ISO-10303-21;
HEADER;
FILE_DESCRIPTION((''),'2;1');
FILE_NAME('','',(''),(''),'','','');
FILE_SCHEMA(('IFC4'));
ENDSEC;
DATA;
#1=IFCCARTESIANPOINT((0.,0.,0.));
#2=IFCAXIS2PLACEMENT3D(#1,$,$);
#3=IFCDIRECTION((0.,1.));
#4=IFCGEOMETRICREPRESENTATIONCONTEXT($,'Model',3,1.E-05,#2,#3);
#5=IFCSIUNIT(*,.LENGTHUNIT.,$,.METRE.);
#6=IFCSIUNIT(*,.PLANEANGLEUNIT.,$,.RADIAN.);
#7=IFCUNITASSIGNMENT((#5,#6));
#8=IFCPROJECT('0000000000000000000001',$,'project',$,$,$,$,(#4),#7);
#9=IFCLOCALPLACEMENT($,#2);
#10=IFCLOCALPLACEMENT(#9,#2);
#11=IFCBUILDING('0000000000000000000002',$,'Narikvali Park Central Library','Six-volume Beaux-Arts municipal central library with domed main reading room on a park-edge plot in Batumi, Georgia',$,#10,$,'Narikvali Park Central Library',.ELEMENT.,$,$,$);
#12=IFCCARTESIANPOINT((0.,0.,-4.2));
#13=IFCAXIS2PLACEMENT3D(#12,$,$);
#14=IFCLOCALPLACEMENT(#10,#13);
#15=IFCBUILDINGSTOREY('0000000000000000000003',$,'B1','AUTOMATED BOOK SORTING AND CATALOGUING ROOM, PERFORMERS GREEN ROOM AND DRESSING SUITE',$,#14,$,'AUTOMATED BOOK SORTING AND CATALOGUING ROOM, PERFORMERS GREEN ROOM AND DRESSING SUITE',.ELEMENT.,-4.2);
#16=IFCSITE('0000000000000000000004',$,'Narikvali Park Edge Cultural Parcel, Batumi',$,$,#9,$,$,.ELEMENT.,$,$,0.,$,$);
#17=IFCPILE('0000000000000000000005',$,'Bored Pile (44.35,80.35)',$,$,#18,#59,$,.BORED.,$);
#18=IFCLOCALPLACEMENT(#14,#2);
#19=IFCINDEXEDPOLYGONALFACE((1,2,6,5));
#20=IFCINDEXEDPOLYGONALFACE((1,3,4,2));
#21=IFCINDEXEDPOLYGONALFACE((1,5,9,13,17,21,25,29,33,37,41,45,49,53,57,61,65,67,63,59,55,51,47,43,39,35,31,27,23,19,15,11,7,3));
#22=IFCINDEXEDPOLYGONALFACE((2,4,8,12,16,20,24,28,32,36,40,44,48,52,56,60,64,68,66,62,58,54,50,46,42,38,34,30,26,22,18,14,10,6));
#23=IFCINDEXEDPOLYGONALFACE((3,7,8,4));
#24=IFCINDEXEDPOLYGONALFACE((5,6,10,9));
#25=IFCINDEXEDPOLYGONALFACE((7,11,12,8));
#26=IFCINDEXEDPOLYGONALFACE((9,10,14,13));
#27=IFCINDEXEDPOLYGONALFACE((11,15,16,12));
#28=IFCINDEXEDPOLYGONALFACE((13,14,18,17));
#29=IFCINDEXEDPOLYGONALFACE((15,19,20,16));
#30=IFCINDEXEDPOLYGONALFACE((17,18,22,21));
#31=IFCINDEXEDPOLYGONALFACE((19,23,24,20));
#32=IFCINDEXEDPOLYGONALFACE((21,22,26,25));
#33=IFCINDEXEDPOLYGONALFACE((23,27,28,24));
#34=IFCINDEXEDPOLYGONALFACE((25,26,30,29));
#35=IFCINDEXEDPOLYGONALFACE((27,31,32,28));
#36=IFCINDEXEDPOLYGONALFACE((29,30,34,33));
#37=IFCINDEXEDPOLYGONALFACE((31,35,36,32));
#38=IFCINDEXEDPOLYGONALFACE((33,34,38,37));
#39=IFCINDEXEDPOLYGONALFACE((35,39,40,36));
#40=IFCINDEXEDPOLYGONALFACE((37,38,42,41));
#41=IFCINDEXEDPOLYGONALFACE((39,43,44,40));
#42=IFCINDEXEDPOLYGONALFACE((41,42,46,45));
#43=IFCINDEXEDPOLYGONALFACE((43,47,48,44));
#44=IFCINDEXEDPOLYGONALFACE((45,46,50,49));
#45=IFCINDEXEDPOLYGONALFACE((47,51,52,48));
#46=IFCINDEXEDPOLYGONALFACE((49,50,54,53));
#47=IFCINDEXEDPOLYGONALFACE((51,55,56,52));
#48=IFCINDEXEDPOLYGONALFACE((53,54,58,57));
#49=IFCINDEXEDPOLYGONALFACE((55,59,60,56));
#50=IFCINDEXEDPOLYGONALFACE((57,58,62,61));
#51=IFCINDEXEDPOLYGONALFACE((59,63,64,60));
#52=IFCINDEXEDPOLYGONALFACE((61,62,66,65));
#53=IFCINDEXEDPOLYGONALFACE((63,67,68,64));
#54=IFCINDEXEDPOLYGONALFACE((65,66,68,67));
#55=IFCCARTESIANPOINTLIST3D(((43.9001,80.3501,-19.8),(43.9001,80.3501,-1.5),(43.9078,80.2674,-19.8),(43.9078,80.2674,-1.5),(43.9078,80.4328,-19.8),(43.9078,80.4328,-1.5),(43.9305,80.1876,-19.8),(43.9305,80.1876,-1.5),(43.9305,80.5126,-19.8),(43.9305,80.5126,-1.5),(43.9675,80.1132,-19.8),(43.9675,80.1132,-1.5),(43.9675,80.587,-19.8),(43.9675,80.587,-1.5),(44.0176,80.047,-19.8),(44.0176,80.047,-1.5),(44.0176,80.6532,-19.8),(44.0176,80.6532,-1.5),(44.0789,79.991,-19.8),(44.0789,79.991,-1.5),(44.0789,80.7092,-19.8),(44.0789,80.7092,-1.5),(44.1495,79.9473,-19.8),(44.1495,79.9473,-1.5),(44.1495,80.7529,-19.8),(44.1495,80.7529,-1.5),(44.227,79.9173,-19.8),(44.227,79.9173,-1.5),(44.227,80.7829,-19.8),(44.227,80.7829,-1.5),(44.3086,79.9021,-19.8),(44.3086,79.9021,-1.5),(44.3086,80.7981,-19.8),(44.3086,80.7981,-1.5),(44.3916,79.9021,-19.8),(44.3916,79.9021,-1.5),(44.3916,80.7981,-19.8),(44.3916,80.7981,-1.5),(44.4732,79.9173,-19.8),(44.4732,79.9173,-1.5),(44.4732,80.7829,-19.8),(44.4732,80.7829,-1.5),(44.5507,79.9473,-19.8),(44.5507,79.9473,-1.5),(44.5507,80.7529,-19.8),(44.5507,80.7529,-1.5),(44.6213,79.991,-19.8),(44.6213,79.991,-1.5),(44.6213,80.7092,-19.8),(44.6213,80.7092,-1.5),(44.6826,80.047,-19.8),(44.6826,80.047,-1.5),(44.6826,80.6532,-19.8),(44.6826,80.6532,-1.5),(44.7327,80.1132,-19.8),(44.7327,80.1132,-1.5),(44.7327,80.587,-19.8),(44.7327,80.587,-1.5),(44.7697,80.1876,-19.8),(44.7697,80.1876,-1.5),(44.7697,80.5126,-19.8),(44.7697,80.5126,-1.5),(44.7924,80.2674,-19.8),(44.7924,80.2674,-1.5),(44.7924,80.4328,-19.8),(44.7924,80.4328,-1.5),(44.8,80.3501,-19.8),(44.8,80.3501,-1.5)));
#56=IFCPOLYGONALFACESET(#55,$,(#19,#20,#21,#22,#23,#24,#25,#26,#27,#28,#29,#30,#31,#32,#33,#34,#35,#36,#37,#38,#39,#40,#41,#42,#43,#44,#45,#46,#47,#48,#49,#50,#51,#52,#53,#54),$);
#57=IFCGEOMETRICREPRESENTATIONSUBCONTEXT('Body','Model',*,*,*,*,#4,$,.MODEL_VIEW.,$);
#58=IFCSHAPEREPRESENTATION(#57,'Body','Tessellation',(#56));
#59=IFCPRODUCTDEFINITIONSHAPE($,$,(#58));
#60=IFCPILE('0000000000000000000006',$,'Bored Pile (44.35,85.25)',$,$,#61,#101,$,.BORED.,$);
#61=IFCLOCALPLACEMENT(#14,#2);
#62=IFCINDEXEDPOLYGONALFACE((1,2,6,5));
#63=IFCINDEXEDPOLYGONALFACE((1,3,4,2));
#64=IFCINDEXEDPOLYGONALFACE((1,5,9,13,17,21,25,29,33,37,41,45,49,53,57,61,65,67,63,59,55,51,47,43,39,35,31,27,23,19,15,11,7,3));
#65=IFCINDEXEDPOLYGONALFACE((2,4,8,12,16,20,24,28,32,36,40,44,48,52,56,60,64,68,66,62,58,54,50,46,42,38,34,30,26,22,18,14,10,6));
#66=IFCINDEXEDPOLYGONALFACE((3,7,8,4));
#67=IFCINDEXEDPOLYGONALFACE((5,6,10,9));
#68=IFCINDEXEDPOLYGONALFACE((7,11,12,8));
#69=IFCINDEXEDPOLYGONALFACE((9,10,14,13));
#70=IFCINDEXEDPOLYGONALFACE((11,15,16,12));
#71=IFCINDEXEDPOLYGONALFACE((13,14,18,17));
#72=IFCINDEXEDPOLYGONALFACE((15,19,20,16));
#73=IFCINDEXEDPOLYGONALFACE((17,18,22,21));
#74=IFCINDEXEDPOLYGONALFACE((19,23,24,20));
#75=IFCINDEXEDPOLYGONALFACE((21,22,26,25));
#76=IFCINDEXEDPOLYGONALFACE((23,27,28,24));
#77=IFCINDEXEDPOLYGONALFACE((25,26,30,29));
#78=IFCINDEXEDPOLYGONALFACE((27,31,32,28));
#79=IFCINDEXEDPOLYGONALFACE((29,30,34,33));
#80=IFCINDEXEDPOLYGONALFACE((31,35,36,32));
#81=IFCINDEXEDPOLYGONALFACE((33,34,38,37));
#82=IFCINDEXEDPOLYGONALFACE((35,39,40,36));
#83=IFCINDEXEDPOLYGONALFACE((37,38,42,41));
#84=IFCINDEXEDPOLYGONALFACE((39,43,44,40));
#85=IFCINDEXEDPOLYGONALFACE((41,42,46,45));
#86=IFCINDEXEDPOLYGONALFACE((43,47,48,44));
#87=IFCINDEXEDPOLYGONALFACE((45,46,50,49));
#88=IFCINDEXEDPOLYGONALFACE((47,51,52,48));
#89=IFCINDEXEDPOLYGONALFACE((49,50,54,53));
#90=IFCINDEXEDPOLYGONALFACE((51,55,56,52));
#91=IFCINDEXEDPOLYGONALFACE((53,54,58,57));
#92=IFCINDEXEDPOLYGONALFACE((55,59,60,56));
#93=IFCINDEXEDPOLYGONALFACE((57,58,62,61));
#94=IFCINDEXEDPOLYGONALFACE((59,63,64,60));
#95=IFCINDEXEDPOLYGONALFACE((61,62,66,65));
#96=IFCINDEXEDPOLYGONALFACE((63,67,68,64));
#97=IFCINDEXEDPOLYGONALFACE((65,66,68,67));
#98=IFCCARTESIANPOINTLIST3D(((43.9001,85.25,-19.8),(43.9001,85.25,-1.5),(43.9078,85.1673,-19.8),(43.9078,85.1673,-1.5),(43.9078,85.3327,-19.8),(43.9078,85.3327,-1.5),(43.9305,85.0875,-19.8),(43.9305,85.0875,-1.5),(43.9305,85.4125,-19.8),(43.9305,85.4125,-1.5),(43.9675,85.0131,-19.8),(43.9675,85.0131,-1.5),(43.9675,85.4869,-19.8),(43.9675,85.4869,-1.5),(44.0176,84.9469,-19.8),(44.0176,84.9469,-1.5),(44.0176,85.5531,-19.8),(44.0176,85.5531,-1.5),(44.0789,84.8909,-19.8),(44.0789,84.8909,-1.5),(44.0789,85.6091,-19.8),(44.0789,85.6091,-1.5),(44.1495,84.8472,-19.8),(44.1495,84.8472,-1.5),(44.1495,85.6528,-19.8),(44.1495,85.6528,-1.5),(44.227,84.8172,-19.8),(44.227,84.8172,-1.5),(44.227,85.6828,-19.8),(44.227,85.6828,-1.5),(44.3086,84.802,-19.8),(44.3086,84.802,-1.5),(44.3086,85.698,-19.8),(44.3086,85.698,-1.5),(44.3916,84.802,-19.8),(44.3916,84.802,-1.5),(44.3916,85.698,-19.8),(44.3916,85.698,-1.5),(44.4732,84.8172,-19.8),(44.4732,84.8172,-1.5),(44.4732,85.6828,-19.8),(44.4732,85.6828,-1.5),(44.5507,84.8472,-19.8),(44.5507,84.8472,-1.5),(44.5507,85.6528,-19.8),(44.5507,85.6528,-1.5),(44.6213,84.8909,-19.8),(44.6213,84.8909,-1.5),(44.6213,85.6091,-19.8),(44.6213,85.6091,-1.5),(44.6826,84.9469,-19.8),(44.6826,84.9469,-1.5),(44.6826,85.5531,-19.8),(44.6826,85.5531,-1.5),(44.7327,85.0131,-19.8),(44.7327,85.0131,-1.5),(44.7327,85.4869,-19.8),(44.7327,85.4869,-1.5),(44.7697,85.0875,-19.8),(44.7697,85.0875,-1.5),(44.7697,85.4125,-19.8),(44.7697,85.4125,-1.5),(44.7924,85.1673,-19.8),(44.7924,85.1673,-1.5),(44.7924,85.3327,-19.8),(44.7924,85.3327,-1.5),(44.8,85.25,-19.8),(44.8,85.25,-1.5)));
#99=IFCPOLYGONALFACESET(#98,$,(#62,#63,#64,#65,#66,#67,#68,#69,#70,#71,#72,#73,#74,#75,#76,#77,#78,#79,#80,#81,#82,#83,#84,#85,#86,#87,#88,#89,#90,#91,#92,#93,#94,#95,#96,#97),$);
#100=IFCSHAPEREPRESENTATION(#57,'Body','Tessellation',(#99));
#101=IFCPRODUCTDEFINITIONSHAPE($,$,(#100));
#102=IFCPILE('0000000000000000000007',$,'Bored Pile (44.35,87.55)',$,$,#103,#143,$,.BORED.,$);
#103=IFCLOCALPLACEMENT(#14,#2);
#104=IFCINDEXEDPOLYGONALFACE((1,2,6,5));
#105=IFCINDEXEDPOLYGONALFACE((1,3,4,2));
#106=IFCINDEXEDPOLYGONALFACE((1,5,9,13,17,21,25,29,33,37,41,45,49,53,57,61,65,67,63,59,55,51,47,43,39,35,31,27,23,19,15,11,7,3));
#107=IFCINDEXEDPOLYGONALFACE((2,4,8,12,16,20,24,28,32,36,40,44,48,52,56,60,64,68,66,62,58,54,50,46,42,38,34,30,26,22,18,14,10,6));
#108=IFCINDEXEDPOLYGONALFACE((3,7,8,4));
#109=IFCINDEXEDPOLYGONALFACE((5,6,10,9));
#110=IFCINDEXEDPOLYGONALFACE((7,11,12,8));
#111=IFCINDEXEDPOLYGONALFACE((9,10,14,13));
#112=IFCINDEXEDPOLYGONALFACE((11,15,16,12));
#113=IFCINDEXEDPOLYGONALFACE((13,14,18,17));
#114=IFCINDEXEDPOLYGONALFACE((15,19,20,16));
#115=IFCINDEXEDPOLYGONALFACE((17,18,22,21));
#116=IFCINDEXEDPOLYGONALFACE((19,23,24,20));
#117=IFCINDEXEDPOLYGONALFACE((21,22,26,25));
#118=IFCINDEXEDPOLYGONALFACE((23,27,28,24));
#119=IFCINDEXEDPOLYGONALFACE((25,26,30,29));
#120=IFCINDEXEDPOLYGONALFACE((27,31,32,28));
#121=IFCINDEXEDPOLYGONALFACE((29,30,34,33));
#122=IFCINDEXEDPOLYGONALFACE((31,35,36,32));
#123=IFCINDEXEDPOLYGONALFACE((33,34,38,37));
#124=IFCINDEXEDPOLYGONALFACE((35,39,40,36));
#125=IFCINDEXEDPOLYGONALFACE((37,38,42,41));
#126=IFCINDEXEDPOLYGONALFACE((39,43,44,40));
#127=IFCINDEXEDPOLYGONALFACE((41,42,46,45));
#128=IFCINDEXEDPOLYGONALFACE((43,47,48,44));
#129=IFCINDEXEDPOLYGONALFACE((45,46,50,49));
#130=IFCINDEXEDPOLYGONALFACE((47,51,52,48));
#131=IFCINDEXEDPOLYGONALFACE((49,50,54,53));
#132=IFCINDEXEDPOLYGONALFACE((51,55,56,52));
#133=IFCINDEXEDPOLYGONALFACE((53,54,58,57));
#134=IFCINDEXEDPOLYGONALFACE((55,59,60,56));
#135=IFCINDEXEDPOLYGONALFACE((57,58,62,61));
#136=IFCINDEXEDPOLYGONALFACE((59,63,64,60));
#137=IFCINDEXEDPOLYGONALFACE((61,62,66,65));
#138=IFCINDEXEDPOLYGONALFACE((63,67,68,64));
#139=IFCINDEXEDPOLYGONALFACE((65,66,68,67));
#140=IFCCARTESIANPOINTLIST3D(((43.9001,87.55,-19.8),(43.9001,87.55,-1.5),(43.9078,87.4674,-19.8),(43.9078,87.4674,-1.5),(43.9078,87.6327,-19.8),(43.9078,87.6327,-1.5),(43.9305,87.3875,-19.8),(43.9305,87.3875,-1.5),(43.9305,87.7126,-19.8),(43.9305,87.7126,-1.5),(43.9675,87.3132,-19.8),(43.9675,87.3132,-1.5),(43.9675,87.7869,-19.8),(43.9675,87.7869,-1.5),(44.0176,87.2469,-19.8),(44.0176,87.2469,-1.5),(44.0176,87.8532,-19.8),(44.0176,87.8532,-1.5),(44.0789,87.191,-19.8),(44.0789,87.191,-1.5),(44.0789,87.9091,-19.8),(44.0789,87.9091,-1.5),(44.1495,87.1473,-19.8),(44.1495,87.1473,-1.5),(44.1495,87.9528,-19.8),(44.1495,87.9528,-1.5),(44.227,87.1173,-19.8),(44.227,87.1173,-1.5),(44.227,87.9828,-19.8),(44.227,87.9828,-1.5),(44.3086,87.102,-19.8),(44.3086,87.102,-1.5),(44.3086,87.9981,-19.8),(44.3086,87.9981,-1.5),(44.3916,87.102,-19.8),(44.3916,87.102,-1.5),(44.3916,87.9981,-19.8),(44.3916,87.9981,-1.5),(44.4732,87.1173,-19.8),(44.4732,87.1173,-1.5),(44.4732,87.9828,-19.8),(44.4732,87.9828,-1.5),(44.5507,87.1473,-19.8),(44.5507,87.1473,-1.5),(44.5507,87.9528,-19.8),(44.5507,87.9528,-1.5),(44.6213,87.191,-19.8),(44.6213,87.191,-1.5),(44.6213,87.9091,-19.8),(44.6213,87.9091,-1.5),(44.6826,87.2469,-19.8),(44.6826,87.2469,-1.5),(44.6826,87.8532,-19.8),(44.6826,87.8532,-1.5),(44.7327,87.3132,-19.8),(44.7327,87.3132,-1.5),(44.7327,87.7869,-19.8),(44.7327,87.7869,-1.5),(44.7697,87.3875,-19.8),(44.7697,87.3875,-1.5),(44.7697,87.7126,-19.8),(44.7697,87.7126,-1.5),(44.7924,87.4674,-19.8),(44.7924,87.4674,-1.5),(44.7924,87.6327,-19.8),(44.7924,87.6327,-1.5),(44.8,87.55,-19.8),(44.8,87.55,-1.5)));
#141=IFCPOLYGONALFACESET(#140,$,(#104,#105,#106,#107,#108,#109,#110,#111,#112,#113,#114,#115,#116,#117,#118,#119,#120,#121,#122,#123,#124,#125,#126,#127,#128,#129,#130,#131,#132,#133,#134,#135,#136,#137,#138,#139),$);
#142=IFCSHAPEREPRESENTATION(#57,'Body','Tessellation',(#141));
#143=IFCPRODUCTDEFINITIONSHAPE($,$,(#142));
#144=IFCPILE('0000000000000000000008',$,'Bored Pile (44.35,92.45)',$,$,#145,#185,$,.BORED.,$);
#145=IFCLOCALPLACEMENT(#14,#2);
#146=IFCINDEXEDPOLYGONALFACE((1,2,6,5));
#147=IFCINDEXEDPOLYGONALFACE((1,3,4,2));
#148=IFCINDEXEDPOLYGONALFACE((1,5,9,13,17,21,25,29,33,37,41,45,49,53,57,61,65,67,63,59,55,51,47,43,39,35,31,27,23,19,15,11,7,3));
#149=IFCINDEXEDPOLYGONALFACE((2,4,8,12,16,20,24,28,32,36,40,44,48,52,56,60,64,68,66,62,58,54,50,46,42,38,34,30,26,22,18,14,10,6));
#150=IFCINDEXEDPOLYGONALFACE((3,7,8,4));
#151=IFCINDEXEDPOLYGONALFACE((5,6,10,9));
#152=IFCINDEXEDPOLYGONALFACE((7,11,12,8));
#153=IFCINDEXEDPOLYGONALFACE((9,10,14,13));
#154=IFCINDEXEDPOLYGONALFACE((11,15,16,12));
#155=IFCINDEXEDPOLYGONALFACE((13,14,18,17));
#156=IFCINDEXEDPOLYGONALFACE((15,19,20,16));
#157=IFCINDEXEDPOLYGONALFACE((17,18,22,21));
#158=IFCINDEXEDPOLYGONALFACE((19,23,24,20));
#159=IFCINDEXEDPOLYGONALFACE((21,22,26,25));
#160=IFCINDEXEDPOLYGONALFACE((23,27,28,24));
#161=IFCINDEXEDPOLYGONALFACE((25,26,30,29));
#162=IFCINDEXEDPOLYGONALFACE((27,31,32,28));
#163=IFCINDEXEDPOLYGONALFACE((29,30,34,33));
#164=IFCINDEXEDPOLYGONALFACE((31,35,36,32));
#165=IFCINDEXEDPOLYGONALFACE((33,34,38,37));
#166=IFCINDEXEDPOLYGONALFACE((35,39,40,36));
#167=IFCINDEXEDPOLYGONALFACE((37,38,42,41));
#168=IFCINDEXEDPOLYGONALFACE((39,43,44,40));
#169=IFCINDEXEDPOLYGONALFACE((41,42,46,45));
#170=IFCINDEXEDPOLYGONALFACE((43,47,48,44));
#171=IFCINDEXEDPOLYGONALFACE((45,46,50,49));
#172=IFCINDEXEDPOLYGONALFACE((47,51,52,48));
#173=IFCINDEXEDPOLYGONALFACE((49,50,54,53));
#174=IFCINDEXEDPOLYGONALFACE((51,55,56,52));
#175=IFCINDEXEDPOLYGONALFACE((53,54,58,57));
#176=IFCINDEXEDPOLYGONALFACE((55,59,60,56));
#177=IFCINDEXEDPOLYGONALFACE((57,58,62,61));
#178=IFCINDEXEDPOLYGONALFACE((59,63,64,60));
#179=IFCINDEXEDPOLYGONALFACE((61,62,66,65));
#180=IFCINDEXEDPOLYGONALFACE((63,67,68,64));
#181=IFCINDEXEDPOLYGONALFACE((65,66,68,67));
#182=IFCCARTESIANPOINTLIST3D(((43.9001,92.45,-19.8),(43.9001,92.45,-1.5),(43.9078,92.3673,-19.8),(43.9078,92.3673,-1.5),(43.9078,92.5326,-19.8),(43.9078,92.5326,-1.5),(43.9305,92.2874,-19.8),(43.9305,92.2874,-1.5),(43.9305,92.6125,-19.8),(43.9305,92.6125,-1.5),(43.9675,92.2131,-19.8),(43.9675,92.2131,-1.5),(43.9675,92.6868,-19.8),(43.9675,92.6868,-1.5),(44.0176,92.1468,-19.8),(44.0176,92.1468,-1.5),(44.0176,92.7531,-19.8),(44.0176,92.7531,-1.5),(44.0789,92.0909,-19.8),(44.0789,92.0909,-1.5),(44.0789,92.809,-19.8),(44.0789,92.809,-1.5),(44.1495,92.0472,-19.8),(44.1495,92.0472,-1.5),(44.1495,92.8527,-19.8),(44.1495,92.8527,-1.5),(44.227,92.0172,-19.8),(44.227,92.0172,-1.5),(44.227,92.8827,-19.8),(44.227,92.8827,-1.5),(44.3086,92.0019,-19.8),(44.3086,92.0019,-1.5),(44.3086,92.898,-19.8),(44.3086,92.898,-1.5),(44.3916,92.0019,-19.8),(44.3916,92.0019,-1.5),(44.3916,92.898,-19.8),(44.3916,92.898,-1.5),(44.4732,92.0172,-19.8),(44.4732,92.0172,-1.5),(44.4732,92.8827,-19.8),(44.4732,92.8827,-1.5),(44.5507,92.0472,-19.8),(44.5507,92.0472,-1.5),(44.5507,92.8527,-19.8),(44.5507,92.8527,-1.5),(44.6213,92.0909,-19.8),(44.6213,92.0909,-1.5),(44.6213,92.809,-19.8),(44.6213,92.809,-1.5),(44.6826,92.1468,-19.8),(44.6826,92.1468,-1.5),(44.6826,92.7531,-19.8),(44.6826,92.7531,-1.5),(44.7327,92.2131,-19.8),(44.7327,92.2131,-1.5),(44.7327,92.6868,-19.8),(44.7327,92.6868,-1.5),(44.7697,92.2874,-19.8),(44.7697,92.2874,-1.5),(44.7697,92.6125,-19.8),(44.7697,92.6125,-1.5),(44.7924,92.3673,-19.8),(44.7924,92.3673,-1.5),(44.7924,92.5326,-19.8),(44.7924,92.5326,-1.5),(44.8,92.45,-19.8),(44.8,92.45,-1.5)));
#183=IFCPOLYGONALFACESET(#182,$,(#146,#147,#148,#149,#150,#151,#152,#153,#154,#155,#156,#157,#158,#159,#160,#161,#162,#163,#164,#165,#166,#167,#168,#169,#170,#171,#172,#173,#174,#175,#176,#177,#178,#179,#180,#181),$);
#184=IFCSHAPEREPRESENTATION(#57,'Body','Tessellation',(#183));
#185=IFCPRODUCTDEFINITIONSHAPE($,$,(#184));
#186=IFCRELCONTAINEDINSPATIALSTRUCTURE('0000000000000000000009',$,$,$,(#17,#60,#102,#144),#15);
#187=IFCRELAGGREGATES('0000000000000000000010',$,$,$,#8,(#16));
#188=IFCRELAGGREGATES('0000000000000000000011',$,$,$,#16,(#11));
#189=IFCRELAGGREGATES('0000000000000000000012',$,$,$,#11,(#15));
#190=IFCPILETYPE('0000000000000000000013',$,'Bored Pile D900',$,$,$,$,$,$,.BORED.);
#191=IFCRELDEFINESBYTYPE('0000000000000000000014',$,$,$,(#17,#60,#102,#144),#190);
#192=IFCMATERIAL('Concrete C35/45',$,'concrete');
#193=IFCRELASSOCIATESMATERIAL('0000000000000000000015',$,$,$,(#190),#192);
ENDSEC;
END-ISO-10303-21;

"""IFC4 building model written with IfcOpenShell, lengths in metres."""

from ifc_helpers import new_model, si_unit, direction, frame, origin, origin_2d, place, context, subcontext, project, spatial, circle, extrude, material, material_profile, profile_set, type_object, element, save


model = new_model("IFC4")

# Units and contexts
model_context = context("Model", 3, precision=1e-05, world=origin(), true_north=direction((0.0, 1.0)))
body_context = subcontext(model_context, "Body", "Model", "MODEL_VIEW")
ifc_project = project(units=[si_unit("LENGTHUNIT", "METRE"), si_unit("PLANEANGLEUNIT", "RADIAN")], contexts=[model_context])

# Site, building, storey
site_placement = place(None, origin())
site = spatial("IfcSite", under=ifc_project, at=site_placement, Name="Narikvali Park Edge Cultural Parcel, Batumi", CompositionType="ELEMENT", RefElevation=0.0)
building_placement = place(site_placement, origin())
building = spatial("IfcBuilding", under=site, at=building_placement, Name="Narikvali Park Central Library", Description="Six-volume Beaux-Arts municipal central library with domed main reading room on a park-edge plot in Batumi, Georgia", LongName="Narikvali Park Central Library", CompositionType="ELEMENT")
storey_placement = place(building_placement, frame((0.0, 0.0, -4.2)))
storey = spatial("IfcBuildingStorey", under=building, at=storey_placement, Name="B1", Description="AUTOMATED BOOK SORTING AND CATALOGUING ROOM, PERFORMERS GREEN ROOM AND DRESSING SUITE", LongName="AUTOMATED BOOK SORTING AND CATALOGUING ROOM, PERFORMERS GREEN ROOM AND DRESSING SUITE", CompositionType="ELEMENT", Elevation=-4.2)

# Piles
ifc_material_1 = material(Name="Concrete C35/45", Category="concrete")
ifc_material_profile_1 = material_profile(ifc_material_1, circle(Radius=0.45, at=origin_2d()), Name="PILE D900")
ifc_profile_set_1 = profile_set([ifc_material_profile_1], Name="Concrete C35/45")
pile_type = type_object("IfcPileType", Name="Bored Pile D900", PredefinedType="BORED", material=ifc_profile_set_1)
for number, where, z_axis, x_axis, name in (
    (1, (44.3501, 80.3501, -1.5), (0.0, 0.0, -1.0), (1.0, 0.0, 0.0), "Bored Pile (44.35,80.35)"),
    (2, (44.3501, 85.25, -1.5), (0.0, 0.0, -1.0), (1.0, 0.0, 0.0), "Bored Pile (44.35,85.25)"),
    (3, (44.3501, 87.55, -1.5), (0.0, 0.0, -1.0), (1.0, 0.0, 0.0), "Bored Pile (44.35,87.55)"),
    (4, (44.3501, 92.45, -1.5), (0.0, 0.0, -1.0), (1.0, 0.0, 0.0), "Bored Pile (44.35,92.45)"),
):
    element("IfcPile", number, at=place(storey_placement, frame(where, z_axis=z_axis, x_axis=x_axis)), inside=storey, type_object=pile_type, Name=name, PredefinedType="BORED", context=body_context, shape_type="SweptSolid", body=[
        extrude(circle(Radius=0.45, at=origin_2d()), origin(), (0.0, 0.0, 1.0), 18.3),
    ])

save(model, "model.ifc")
